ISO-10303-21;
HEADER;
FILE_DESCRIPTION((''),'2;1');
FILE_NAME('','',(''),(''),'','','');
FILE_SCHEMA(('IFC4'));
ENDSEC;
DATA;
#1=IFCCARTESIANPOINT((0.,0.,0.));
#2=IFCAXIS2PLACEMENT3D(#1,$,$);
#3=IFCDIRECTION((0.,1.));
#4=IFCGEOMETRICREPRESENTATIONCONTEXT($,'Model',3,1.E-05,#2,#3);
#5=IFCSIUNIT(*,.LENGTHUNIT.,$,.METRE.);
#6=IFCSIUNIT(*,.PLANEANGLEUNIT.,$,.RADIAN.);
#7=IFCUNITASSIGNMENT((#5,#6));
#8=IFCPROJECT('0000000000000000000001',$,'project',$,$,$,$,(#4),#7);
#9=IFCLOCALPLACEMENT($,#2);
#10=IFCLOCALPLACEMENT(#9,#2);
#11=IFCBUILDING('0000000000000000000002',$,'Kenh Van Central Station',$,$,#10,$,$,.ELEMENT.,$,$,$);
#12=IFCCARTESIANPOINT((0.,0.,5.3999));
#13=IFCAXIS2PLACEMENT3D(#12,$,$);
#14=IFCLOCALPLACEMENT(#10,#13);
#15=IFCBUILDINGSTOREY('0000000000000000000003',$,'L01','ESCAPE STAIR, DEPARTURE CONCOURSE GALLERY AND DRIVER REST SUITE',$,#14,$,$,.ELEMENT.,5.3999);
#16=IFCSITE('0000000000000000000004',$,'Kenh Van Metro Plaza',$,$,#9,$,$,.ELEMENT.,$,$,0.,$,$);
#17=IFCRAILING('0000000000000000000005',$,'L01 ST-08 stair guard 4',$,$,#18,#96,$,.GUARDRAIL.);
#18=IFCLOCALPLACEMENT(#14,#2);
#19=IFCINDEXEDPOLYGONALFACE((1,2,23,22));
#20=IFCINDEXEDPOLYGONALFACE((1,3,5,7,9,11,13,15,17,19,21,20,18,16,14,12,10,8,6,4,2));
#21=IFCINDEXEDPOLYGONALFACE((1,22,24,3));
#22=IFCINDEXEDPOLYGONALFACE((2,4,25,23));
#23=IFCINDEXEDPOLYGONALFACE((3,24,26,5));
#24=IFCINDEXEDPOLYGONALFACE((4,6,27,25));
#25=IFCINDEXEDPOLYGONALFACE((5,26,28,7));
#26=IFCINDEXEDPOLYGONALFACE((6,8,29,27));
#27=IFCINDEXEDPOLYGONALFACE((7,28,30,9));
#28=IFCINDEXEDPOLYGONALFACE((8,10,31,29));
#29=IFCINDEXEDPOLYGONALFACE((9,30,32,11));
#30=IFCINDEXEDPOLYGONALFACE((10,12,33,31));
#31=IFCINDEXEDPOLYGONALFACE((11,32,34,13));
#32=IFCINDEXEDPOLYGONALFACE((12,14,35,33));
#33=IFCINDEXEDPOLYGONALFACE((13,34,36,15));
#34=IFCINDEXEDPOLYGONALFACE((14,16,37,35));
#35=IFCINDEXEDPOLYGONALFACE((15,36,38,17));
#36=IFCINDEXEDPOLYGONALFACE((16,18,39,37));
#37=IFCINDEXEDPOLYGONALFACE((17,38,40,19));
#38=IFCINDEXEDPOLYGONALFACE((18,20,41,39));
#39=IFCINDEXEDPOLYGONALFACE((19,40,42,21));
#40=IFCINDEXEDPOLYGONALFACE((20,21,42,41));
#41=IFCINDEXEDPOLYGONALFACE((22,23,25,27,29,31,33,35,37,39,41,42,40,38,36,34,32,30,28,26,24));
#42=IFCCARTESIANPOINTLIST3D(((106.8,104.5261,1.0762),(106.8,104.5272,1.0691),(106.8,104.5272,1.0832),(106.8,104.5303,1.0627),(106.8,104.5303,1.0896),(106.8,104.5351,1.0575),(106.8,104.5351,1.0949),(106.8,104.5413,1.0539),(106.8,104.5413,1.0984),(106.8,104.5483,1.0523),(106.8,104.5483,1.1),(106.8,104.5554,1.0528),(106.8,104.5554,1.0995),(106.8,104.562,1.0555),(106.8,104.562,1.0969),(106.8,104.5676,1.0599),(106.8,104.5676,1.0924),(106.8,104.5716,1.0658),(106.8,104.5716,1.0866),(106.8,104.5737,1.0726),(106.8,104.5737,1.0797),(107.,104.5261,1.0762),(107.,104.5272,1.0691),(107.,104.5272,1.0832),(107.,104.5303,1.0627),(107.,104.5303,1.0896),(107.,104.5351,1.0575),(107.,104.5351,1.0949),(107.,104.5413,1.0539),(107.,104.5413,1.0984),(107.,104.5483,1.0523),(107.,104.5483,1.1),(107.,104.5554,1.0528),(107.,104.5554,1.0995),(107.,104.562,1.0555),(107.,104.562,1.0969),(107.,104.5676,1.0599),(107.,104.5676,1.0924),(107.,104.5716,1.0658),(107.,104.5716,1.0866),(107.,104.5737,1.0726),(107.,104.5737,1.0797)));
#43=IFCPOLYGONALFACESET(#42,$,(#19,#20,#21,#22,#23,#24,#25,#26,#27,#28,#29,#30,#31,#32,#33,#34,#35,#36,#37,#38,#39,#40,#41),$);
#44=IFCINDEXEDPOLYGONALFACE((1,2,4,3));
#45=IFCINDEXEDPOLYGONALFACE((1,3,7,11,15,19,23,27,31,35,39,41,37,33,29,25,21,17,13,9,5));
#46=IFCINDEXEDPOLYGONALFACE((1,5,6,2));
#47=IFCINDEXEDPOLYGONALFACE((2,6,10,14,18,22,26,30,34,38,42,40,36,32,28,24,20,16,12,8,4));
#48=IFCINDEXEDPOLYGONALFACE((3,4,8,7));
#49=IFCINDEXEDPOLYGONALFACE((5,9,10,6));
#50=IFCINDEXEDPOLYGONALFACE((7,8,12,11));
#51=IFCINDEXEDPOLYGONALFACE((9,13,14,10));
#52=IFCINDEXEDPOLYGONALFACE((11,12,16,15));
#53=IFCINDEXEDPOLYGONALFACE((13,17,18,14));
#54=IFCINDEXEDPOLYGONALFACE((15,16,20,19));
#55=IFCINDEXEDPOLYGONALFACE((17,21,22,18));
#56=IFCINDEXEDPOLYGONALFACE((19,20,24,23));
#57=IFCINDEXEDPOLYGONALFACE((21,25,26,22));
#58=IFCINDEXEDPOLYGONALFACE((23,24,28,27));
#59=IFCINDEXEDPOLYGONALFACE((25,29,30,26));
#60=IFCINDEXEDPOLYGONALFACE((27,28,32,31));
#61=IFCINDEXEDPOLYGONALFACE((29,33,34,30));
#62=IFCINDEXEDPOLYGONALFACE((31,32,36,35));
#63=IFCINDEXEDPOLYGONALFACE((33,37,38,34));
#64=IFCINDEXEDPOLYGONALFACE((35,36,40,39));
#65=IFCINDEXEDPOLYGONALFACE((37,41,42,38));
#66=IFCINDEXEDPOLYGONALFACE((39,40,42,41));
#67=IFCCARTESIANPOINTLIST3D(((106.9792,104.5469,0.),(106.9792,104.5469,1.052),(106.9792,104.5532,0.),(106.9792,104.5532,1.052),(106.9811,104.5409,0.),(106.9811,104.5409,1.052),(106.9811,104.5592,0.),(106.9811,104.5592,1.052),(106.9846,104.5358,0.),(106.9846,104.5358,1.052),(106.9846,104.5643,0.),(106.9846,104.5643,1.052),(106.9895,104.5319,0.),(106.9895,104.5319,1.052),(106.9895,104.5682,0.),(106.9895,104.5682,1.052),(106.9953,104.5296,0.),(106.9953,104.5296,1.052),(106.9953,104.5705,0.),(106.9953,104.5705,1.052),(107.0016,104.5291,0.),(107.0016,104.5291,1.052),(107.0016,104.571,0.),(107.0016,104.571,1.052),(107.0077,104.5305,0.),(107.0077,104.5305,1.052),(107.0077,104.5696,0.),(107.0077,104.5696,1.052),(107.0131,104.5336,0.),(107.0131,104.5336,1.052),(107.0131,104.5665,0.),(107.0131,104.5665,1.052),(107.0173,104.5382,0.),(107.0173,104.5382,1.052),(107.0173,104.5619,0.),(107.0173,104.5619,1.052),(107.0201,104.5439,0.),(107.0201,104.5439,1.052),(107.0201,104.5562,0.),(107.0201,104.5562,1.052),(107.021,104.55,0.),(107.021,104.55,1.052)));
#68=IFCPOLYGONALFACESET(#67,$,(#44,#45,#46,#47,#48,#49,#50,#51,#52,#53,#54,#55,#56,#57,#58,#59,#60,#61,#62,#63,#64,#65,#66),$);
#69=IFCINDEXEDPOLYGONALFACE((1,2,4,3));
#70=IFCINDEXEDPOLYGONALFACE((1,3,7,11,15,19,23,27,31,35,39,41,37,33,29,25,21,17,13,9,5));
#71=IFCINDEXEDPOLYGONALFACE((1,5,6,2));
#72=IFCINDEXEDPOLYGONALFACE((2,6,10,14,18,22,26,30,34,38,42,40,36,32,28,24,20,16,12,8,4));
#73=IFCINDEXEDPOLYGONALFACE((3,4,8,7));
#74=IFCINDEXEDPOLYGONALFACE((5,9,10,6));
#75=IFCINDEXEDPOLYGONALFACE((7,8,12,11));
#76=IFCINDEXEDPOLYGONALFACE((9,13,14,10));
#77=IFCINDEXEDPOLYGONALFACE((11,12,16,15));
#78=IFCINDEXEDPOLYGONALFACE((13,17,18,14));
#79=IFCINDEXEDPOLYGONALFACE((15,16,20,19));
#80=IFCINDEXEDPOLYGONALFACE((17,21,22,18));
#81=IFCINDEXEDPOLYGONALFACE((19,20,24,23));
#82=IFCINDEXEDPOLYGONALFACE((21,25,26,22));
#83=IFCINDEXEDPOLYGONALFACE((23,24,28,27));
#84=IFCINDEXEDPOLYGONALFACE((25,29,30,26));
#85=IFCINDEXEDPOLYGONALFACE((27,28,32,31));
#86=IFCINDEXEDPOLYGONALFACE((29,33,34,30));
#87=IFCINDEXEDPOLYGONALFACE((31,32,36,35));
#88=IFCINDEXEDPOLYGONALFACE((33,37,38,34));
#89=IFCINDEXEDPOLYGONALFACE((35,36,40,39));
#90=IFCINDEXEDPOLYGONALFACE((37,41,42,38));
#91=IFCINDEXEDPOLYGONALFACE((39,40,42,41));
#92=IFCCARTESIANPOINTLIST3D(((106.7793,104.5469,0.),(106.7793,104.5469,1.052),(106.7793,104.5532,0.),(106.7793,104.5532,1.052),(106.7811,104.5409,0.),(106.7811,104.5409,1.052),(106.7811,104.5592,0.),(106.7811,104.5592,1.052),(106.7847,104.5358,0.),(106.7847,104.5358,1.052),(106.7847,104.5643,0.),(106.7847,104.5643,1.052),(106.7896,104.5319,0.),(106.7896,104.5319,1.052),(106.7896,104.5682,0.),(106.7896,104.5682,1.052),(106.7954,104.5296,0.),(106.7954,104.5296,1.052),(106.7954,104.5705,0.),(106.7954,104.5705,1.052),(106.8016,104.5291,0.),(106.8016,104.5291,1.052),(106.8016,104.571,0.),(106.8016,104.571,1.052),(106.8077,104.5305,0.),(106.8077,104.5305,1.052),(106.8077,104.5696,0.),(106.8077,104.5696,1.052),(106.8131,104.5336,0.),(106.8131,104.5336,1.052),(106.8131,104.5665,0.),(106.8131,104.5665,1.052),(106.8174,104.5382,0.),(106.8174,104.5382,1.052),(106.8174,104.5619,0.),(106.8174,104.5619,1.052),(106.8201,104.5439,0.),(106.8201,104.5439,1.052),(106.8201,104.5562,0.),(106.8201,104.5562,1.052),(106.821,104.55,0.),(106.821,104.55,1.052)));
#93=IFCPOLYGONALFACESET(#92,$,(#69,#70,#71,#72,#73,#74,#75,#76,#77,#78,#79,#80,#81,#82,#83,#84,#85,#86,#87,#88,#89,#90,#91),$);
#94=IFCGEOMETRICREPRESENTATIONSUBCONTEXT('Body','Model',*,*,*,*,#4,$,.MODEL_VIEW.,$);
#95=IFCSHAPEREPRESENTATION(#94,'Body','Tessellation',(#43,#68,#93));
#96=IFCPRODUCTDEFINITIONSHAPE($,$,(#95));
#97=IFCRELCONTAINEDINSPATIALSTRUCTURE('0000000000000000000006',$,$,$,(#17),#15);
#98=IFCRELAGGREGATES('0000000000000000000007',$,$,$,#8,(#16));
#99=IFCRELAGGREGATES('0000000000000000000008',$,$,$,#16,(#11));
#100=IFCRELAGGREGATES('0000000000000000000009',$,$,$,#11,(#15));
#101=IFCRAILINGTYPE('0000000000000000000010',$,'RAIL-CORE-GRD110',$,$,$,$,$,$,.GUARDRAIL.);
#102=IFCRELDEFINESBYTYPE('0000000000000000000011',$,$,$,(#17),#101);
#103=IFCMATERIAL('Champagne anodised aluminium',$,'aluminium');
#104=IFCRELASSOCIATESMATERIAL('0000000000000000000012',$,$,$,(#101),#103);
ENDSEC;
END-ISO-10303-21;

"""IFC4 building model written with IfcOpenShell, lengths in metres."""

from ifc_helpers import new_model, si_unit, direction, frame, origin, origin_2d, place, context, subcontext, project, spatial, circle, extrude, material, type_object, element, save


model = new_model("IFC4")

# Units and contexts
model_context = context("Model", 3, precision=1e-05, world=origin(), true_north=direction((0.0, 1.0)))
body_context = subcontext(model_context, "Body", "Model", "MODEL_VIEW")
ifc_project = project(units=[si_unit("LENGTHUNIT", "METRE"), si_unit("PLANEANGLEUNIT", "RADIAN")], contexts=[model_context])

# Site, building, storey
site_placement = place(None, origin())
site = spatial("IfcSite", under=ifc_project, at=site_placement, Name="Kenh Van Metro Plaza", CompositionType="ELEMENT", RefElevation=0.0)
building_placement = place(site_placement, origin())
building = spatial("IfcBuilding", under=site, at=building_placement, Name="Kenh Van Central Station", CompositionType="ELEMENT")
storey_placement = place(building_placement, frame((0.0, 0.0, 5.3999)))
storey = spatial("IfcBuildingStorey", under=building, at=storey_placement, Name="L01", Description="ESCAPE STAIR, DEPARTURE CONCOURSE GALLERY AND DRIVER REST SUITE", CompositionType="ELEMENT", Elevation=5.3999)

# Railing
ifc_material_1 = material(Name="Champagne anodised aluminium", Category="aluminium")
railing_type_1 = type_object("IfcRailingType", Name="RAIL-CORE-GRD110", PredefinedType="GUARDRAIL", material=ifc_material_1)
railing_1_placement = place(storey_placement, frame((107.0, 104.55, 0.0)))
element("IfcRailing", 1, at=railing_1_placement, inside=storey, type_object=railing_type_1, Name="L01 ST-08 stair guard 4", PredefinedType="GUARDRAIL", context=body_context, shape_type="SweptSolid", body=[
    extrude(circle(Radius=0.0239, at=origin_2d()), frame((0.0, 0.0, 1.0762), z_axis=(-1.0, 0.0, 0.0), x_axis=(0.0, -1.0, 0.0)), (0.0, 0.0, 1.0), 0.2),
    extrude(circle(Radius=0.021, at=origin_2d()), origin(), (0.0, 0.0, 1.0), 1.052),
    extrude(circle(Radius=0.021, at=origin_2d()), frame((-0.2, 0.0, 0.0)), (0.0, 0.0, 1.0), 1.052),
])

save(model, "model.ifc")
